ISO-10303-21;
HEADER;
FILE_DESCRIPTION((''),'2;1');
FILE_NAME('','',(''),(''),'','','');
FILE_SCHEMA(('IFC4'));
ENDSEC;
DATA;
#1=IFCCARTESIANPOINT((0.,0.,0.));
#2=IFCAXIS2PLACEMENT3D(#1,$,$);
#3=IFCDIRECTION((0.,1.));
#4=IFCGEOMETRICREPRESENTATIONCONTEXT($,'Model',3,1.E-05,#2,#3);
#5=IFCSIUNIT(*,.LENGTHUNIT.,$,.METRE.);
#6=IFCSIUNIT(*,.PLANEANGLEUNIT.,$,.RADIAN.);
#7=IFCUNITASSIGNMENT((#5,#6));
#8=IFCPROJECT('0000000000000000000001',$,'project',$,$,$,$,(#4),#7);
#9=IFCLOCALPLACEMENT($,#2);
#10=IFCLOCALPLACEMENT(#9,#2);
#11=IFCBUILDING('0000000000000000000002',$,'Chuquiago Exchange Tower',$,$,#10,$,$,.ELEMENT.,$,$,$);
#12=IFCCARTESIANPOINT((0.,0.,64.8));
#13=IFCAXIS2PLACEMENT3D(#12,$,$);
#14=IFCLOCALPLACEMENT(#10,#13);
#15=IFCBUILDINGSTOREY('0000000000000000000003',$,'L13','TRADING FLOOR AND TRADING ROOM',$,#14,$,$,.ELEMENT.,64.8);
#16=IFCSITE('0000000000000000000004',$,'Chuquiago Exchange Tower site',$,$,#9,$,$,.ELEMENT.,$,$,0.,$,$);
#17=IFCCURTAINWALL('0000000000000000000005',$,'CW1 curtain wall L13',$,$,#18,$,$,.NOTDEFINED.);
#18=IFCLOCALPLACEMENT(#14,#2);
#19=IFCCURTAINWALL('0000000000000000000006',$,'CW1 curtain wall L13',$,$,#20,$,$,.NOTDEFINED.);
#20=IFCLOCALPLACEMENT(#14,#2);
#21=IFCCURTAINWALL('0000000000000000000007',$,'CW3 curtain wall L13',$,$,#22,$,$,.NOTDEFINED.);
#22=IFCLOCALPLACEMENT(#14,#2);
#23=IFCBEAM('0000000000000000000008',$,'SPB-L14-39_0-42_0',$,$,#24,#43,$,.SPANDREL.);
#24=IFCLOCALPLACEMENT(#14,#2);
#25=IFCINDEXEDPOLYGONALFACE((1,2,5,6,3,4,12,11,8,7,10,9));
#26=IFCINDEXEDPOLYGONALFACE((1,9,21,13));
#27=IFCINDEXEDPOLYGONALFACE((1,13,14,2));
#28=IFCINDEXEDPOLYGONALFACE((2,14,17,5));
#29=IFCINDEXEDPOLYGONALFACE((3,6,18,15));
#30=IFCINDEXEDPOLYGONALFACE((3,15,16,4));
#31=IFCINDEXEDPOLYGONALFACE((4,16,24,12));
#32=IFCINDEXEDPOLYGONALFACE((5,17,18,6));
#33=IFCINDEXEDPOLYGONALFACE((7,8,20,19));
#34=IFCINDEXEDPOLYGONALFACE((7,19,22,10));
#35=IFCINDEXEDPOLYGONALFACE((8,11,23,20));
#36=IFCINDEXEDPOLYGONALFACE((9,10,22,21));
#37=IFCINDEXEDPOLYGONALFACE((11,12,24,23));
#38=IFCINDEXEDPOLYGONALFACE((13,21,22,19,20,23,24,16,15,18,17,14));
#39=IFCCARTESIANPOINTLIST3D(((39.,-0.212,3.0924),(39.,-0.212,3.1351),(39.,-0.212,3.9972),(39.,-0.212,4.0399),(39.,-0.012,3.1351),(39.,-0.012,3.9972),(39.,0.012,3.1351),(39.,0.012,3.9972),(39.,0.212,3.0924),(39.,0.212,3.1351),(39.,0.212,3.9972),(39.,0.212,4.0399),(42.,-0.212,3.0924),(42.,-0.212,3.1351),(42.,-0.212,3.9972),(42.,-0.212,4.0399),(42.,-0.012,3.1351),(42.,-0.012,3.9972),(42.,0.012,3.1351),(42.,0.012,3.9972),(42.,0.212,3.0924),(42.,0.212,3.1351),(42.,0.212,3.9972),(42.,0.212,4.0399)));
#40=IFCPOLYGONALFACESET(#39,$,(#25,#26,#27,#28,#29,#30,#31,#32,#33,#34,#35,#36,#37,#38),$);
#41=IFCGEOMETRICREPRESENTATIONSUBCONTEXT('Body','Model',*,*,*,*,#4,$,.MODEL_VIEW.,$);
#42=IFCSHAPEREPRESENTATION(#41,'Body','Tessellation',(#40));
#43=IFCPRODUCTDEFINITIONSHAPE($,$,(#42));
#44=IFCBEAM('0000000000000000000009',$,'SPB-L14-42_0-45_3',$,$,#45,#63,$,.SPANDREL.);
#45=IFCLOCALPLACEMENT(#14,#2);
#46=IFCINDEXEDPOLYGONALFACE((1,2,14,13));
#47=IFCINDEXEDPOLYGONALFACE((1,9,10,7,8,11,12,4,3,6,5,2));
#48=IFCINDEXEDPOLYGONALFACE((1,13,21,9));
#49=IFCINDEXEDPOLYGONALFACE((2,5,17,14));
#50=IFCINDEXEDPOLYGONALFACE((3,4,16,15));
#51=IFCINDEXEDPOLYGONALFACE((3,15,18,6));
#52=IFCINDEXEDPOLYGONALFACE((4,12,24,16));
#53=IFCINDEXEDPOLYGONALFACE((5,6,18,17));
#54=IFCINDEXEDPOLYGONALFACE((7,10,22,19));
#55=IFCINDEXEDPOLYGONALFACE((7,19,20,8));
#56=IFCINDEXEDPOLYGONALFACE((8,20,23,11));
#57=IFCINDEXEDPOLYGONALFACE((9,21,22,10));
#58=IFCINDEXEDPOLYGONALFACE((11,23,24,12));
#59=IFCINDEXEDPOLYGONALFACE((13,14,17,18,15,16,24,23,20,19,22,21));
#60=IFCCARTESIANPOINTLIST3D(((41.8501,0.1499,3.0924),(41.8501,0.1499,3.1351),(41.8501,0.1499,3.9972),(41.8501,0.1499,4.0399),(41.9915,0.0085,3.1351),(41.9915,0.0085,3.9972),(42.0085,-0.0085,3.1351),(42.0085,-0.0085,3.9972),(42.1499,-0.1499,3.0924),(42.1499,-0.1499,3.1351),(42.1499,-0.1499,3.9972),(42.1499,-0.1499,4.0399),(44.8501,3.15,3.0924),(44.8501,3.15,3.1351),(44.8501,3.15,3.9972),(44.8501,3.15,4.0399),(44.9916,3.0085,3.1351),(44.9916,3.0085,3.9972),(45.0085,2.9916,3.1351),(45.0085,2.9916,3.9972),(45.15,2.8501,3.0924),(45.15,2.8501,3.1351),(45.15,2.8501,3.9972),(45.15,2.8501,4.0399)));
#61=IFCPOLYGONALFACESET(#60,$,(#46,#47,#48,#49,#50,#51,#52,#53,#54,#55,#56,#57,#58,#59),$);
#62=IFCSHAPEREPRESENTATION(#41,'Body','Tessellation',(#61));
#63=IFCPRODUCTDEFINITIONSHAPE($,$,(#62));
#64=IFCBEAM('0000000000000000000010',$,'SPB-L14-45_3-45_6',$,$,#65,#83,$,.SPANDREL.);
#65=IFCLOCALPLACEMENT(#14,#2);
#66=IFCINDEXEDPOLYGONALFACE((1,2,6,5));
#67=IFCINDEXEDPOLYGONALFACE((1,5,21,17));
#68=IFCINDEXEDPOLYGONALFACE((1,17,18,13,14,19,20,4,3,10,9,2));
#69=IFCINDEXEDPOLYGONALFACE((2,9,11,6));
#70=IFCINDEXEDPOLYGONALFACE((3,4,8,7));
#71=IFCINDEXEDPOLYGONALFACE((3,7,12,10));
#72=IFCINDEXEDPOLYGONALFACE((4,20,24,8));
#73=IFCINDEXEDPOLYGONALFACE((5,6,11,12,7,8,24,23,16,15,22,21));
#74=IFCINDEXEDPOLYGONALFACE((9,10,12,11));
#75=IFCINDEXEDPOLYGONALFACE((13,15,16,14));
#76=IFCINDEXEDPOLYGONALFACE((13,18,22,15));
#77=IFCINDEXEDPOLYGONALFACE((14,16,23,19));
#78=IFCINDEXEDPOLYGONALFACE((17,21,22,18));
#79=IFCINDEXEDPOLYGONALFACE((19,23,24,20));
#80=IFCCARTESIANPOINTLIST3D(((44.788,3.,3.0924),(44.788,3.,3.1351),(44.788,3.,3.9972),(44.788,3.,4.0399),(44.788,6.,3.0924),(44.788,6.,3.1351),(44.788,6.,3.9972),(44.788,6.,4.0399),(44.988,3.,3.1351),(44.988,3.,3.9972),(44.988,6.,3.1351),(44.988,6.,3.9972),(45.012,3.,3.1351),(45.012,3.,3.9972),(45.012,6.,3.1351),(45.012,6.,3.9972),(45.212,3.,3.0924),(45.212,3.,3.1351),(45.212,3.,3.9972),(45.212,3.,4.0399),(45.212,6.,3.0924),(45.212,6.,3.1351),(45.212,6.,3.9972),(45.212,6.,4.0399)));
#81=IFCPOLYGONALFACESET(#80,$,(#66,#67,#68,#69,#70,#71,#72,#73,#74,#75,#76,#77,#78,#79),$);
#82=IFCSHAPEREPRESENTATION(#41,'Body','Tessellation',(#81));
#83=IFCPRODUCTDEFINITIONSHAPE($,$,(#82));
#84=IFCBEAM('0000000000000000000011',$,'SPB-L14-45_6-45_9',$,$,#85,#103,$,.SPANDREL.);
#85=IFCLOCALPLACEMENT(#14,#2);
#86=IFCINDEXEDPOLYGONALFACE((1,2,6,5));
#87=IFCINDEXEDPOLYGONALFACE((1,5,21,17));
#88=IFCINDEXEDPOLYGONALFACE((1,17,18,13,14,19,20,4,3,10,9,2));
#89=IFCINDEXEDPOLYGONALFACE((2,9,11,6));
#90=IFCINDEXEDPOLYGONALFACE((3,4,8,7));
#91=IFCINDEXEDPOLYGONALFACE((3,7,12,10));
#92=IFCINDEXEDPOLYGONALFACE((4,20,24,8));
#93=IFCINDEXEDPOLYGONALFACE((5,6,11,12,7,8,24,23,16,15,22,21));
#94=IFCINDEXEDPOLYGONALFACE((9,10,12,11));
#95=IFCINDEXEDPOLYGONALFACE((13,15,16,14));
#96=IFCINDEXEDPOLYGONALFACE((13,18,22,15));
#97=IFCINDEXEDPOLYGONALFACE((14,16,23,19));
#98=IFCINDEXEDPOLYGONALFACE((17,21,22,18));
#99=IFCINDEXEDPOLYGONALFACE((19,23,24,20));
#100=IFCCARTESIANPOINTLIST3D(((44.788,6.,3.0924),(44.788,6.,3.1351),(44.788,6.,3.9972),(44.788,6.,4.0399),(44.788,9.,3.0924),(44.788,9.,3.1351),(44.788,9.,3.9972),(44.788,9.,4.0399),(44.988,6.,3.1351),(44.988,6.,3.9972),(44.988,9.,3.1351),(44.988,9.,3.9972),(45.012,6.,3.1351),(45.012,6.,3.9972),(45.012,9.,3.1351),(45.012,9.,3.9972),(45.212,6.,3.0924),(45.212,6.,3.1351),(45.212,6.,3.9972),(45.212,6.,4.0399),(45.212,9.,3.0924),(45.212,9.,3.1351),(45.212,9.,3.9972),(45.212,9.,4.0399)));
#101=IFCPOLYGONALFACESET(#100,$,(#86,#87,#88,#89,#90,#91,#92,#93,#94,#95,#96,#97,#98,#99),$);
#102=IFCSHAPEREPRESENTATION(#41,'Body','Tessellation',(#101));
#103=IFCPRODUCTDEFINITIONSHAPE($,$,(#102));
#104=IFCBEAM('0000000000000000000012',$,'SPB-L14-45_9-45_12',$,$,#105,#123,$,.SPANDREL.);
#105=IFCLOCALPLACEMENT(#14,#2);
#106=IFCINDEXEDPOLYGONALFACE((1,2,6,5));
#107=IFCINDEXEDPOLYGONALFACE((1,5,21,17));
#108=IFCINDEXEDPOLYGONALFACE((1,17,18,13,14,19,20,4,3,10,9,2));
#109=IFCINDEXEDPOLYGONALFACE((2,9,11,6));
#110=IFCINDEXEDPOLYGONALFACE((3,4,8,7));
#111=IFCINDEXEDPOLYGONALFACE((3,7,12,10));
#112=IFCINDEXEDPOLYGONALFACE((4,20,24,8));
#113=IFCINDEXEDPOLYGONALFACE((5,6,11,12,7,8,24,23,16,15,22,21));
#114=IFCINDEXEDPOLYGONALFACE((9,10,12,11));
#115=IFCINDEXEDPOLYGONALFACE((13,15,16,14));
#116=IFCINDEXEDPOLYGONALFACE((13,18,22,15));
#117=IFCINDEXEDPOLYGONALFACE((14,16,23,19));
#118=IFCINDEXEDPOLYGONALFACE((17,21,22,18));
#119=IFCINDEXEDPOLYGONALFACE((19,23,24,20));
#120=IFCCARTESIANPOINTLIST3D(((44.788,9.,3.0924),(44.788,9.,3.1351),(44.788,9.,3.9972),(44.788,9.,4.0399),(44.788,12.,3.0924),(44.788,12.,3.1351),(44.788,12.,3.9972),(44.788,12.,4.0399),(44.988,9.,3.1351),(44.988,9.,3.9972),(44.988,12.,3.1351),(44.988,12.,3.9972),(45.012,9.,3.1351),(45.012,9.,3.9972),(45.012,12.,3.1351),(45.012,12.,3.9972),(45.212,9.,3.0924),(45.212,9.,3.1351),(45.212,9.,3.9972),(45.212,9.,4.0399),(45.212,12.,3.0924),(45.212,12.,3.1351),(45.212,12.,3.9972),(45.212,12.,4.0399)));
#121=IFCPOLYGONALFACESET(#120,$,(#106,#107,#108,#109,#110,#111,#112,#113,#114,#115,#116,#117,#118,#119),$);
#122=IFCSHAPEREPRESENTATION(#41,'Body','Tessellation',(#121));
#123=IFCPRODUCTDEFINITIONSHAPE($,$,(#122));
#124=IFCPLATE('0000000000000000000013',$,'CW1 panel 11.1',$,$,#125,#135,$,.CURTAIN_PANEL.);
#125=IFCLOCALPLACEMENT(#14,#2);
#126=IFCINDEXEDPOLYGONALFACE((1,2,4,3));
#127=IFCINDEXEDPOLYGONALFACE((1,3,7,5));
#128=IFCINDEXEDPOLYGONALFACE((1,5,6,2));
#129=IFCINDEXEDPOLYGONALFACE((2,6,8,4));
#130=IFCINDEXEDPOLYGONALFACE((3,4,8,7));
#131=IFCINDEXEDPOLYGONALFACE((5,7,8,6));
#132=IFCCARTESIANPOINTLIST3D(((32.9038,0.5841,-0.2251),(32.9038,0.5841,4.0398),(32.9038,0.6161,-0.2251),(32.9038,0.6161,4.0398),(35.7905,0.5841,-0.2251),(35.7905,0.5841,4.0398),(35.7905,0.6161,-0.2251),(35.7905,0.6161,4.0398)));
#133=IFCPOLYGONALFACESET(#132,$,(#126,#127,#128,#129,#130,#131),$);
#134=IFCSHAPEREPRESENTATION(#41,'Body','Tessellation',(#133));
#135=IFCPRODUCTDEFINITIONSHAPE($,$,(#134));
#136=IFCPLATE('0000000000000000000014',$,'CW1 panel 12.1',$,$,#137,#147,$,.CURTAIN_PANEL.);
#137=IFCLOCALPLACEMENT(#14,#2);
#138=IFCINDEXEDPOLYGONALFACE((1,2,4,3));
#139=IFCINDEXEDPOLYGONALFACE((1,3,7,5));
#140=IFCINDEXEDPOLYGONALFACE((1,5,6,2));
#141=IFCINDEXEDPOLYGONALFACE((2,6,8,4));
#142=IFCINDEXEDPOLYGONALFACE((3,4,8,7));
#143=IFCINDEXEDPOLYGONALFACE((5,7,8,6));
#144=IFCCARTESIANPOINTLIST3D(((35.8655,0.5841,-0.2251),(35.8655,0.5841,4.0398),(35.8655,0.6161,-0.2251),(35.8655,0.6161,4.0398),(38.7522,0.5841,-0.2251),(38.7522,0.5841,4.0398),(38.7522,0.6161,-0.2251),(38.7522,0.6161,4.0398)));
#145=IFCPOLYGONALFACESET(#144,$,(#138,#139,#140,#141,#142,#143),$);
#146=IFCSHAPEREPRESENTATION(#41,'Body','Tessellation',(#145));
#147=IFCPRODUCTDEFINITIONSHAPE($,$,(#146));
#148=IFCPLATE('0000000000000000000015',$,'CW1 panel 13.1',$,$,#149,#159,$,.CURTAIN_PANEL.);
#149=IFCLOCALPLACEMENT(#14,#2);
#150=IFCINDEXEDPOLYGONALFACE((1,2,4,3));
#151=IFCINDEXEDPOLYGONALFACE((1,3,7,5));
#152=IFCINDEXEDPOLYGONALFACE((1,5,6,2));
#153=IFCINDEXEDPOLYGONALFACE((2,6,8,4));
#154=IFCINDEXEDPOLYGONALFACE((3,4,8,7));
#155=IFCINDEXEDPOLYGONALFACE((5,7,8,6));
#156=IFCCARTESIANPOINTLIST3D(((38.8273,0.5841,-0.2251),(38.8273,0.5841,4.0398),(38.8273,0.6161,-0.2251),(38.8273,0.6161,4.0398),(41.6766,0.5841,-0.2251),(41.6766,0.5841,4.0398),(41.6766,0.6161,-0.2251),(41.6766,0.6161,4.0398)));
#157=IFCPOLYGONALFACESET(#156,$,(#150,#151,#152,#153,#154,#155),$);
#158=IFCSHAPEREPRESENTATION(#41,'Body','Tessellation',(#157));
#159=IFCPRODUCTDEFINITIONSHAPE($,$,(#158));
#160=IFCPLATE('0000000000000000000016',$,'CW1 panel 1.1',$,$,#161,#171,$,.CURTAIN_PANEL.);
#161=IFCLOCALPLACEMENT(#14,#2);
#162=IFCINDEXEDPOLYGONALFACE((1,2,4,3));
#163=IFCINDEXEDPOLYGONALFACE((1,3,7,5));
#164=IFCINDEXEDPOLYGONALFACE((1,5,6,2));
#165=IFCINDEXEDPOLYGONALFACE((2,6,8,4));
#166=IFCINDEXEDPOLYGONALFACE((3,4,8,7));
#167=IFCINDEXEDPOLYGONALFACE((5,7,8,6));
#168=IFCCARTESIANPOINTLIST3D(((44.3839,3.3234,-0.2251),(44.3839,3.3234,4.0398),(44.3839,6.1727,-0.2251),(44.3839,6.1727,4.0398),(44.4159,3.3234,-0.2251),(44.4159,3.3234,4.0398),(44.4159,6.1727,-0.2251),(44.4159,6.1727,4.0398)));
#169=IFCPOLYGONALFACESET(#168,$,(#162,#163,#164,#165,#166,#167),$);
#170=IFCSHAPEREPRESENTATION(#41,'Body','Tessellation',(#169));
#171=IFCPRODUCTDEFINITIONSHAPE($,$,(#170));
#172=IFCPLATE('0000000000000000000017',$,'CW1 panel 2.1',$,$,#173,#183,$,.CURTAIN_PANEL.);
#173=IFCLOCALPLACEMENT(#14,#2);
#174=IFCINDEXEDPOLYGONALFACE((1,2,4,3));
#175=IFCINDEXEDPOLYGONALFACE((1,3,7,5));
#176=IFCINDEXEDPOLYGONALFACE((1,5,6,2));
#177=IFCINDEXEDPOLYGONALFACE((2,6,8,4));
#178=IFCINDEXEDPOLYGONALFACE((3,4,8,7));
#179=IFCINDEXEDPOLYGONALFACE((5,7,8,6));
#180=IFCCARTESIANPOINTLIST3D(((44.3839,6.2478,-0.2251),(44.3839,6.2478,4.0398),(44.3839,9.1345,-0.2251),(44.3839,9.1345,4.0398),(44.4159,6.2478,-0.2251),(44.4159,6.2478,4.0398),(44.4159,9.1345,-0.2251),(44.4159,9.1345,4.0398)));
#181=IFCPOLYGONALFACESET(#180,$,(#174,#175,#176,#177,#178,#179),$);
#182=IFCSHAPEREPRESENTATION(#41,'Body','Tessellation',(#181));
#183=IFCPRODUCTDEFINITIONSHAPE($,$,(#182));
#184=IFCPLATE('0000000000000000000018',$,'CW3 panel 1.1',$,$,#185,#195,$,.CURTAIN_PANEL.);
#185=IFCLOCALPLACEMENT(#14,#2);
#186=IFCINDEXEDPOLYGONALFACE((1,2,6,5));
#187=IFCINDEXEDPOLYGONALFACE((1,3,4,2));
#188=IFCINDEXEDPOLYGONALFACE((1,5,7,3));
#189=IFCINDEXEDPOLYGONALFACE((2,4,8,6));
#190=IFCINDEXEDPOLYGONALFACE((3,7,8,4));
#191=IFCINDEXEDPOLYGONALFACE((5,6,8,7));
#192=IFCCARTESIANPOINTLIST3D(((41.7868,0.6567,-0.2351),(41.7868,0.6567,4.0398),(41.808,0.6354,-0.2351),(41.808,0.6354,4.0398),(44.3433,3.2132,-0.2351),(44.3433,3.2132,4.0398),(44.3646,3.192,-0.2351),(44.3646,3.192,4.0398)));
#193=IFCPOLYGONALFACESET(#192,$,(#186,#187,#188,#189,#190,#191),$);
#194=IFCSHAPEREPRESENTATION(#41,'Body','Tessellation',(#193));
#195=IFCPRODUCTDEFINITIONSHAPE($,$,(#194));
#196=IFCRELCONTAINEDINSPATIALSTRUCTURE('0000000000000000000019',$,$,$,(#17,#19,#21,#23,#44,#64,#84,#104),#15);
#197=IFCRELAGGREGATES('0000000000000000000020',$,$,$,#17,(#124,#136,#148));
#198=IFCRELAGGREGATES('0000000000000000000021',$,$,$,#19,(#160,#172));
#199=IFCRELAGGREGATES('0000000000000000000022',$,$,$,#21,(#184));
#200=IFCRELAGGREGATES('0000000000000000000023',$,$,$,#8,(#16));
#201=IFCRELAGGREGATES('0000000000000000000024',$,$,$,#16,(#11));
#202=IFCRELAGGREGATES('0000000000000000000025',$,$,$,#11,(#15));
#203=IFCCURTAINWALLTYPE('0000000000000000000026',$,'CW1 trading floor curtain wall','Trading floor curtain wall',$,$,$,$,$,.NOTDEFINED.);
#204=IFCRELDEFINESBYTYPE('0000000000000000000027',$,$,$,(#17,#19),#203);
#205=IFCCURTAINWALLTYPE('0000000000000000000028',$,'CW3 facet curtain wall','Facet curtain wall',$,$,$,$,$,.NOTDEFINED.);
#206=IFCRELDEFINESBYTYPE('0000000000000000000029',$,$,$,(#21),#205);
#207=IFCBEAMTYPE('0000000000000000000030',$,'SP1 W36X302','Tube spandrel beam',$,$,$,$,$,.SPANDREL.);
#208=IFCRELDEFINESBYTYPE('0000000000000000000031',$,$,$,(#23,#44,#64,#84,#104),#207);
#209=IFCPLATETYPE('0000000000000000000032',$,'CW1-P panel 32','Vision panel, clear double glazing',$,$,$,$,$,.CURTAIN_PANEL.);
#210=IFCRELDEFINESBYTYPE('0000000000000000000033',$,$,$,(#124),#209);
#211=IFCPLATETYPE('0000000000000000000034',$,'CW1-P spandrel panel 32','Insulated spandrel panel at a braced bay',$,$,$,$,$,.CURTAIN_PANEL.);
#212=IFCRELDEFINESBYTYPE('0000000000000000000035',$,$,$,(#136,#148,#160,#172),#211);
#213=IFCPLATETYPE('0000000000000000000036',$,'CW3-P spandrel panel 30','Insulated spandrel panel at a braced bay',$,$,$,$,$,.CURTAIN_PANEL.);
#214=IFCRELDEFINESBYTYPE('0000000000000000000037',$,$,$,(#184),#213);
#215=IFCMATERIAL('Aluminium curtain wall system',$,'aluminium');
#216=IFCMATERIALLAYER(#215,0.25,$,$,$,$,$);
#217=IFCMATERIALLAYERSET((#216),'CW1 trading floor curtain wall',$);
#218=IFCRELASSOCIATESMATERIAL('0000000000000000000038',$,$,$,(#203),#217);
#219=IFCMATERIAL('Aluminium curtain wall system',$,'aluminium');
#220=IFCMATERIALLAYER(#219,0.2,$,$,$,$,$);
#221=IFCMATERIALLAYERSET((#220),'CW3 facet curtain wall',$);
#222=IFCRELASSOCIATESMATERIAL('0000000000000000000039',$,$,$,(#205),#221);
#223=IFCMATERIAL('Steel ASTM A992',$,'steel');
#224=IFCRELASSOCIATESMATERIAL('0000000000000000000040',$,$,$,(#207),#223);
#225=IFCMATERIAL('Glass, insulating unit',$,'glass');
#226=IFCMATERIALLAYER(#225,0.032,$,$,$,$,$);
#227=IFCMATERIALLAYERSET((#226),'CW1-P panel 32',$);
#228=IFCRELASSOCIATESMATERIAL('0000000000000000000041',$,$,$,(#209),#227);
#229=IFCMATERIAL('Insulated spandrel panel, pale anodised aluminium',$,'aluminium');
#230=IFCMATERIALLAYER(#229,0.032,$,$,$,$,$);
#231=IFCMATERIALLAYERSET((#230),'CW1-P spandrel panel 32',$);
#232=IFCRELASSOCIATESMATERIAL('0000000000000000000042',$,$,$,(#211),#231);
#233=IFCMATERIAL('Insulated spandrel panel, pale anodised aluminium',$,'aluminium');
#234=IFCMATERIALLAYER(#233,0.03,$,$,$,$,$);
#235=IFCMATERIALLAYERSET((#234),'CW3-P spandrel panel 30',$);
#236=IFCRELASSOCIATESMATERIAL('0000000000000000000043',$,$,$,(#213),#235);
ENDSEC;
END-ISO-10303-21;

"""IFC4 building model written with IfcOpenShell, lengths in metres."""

from ifc_helpers import new_model, si_unit, direction, frame, origin, origin_2d, place, context, subcontext, project, spatial, rectangle, i_section, extrude, material, layer, layer_set, material_profile, profile_set, type_object, element, aggregate, save


model = new_model("IFC4")

# Units and contexts
model_context = context("Model", 3, precision=1e-05, world=origin(), true_north=direction((0.0, 1.0)))
body_context = subcontext(model_context, "Body", "Model", "MODEL_VIEW")
ifc_project = project(units=[si_unit("LENGTHUNIT", "METRE"), si_unit("PLANEANGLEUNIT", "RADIAN")], contexts=[model_context])

# Site, building, storey
site_placement = place(None, origin())
site = spatial("IfcSite", under=ifc_project, at=site_placement, Name="Chuquiago Exchange Tower site", CompositionType="ELEMENT", RefElevation=0.0)
building_placement = place(site_placement, origin())
building = spatial("IfcBuilding", under=site, at=building_placement, Name="Chuquiago Exchange Tower", CompositionType="ELEMENT")
storey_placement = place(building_placement, frame((0.0, 0.0, 64.8)))
storey = spatial("IfcBuildingStorey", under=building, at=storey_placement, Name="L13", Description="TRADING FLOOR AND TRADING ROOM", CompositionType="ELEMENT", Elevation=64.8)

# Curtain walls
ifc_material_1 = material(Name="Aluminium curtain wall system", Category="aluminium")
ifc_layer_1 = layer(ifc_material_1, 0.25)
ifc_layer_set_1 = layer_set([ifc_layer_1], Name="CW1 trading floor curtain wall")
curtain_wall_type_1 = type_object("IfcCurtainWallType", Name="CW1 trading floor curtain wall", Description="Trading floor curtain wall", PredefinedType="NOTDEFINED", material=ifc_layer_set_1)
curtain_wall_1_placement = place(storey_placement, origin())
curtain_wall_1 = element("IfcCurtainWall", 1, at=curtain_wall_1_placement, inside=storey, type_object=curtain_wall_type_1, Name="CW1 curtain wall L13", PredefinedType="NOTDEFINED")
curtain_wall_2_placement = place(storey_placement, origin())
curtain_wall_2 = element("IfcCurtainWall", 2, at=curtain_wall_2_placement, inside=storey, type_object=curtain_wall_type_1, Name="CW1 curtain wall L13", PredefinedType="NOTDEFINED")

# Curtain wall
ifc_material_2 = material(Name="Aluminium curtain wall system", Category="aluminium")
ifc_layer_2 = layer(ifc_material_2, 0.2)
ifc_layer_set_2 = layer_set([ifc_layer_2], Name="CW3 facet curtain wall")
curtain_wall_type_2 = type_object("IfcCurtainWallType", Name="CW3 facet curtain wall", Description="Facet curtain wall", PredefinedType="NOTDEFINED", material=ifc_layer_set_2)
curtain_wall_3_placement = place(storey_placement, origin())
curtain_wall_3 = element("IfcCurtainWall", 3, at=curtain_wall_3_placement, inside=storey, type_object=curtain_wall_type_2, Name="CW3 curtain wall L13", PredefinedType="NOTDEFINED")

# Beams
ifc_material_3 = material(Name="Steel ASTM A992", Category="steel")
ifc_material_profile_1 = material_profile(ifc_material_3, i_section(OverallWidth=0.4241, OverallDepth=0.9475, WebThickness=0.0239, FlangeThickness=0.0427, at=origin_2d()), Name="W36X302")
ifc_profile_set_1 = profile_set([ifc_material_profile_1], Name="Steel ASTM A992")
beam_type = type_object("IfcBeamType", Name="SP1 W36X302", Description="Tube spandrel beam", PredefinedType="SPANDREL", material=ifc_profile_set_1)
for number, where, z_axis, x_axis, name in (
    (4, (39.0, 0.0, 3.5662), (1.0, 0.0, 0.0), (0.0, 1.0, 0.0), "SPB-L14-39_0-42_0"),
):
    element("IfcBeam", number, at=place(storey_placement, frame(where, z_axis=z_axis, x_axis=x_axis)), inside=storey, type_object=beam_type, Name=name, PredefinedType="SPANDREL", context=body_context, shape_type="SweptSolid", body=[
        extrude(i_section(OverallWidth=0.4241, OverallDepth=0.9475, WebThickness=0.0239, FlangeThickness=0.0427, at=origin_2d()), origin(), (0.0, 0.0, 1.0), 3.0),
    ])
beam_placement = place(storey_placement, frame((42.0, 0.0, 3.5662), z_axis=(0.707107, 0.707107, 0.0), x_axis=(-0.707107, 0.707107, 0.0)))
element("IfcBeam", 5, at=beam_placement, inside=storey, type_object=beam_type, Name="SPB-L14-42_0-45_3", PredefinedType="SPANDREL", context=body_context, shape_type="SweptSolid", body=[
    extrude(i_section(OverallWidth=0.4241, OverallDepth=0.9475, WebThickness=0.0239, FlangeThickness=0.0427, at=origin_2d()), origin(), (0.0, 0.0, 1.0), 4.2427),
])
for number, where, z_axis, x_axis, name in (
    (6, (45.0, 3.0, 3.5662), (0.0, 1.0, 0.0), (-1.0, 0.0, 0.0), "SPB-L14-45_3-45_6"),
    (7, (45.0, 6.0, 3.5662), (0.0, 1.0, 0.0), (-1.0, 0.0, 0.0), "SPB-L14-45_6-45_9"),
    (8, (45.0, 9.0, 3.5662), (0.0, 1.0, 0.0), (-1.0, 0.0, 0.0), "SPB-L14-45_9-45_12"),
):
    element("IfcBeam", number, at=place(storey_placement, frame(where, z_axis=z_axis, x_axis=x_axis)), inside=storey, type_object=beam_type, Name=name, PredefinedType="SPANDREL", context=body_context, shape_type="SweptSolid", body=[
        extrude(i_section(OverallWidth=0.4241, OverallDepth=0.9475, WebThickness=0.0239, FlangeThickness=0.0427, at=origin_2d()), origin(), (0.0, 0.0, 1.0), 3.0),
    ])

# Plates
ifc_material_4 = material(Name="Glass, insulating unit", Category="glass")
ifc_layer_3 = layer(ifc_material_4, 0.032)
ifc_layer_set_3 = layer_set([ifc_layer_3], Name="CW1-P panel 32")
plate_type_1 = type_object("IfcPlateType", Name="CW1-P panel 32", Description="Vision panel, clear double glazing", PredefinedType="CURTAIN_PANEL", material=ifc_layer_set_3)
plate_1_placement = place(storey_placement, frame((34.3472, 0.6001, -0.2251), z_axis=(0.0, 0.0, 1.0), x_axis=(1.0, 0.0, 0.0)))
plate_1 = element("IfcPlate", 9, at=plate_1_placement, type_object=plate_type_1, Name="CW1 panel 11.1", PredefinedType="CURTAIN_PANEL", context=body_context, shape_type="SweptSolid", body=[
    extrude(rectangle(XDim=2.8867, YDim=0.032, at=origin_2d()), origin(), (0.0, 0.0, 1.0), 4.2649),
])
ifc_material_5 = material(Name="Insulated spandrel panel, pale anodised aluminium", Category="aluminium")
ifc_layer_4 = layer(ifc_material_5, 0.032)
ifc_layer_set_4 = layer_set([ifc_layer_4], Name="CW1-P spandrel panel 32")
plate_type_2 = type_object("IfcPlateType", Name="CW1-P spandrel panel 32", Description="Insulated spandrel panel at a braced bay", PredefinedType="CURTAIN_PANEL", material=ifc_layer_set_4)
plate_2_placement = place(storey_placement, frame((37.3088, 0.6001, -0.2251), z_axis=(0.0, 0.0, 1.0), x_axis=(1.0, 0.0, 0.0)))
plate_2 = element("IfcPlate", 10, at=plate_2_placement, type_object=plate_type_2, Name="CW1 panel 12.1", PredefinedType="CURTAIN_PANEL", context=body_context, shape_type="SweptSolid", body=[
    extrude(rectangle(XDim=2.8867, YDim=0.032, at=origin_2d()), origin(), (0.0, 0.0, 1.0), 4.2649),
])
plate_3_placement = place(storey_placement, frame((40.252, 0.6001, -0.2251), z_axis=(0.0, 0.0, 1.0), x_axis=(1.0, 0.0, 0.0)))
plate_3 = element("IfcPlate", 11, at=plate_3_placement, type_object=plate_type_2, Name="CW1 panel 13.1", PredefinedType="CURTAIN_PANEL", context=body_context, shape_type="SweptSolid", body=[
    extrude(rectangle(XDim=2.8494, YDim=0.032, at=origin_2d()), origin(), (0.0, 0.0, 1.0), 4.2649),
])
aggregate(curtain_wall_1, [plate_1, plate_2, plate_3])
plate_4_placement = place(storey_placement, frame((44.3999, 4.748, -0.2251), z_axis=(0.0, 0.0, 1.0), x_axis=(0.0, 1.0, 0.0)))
plate_4 = element("IfcPlate", 12, at=plate_4_placement, type_object=plate_type_2, Name="CW1 panel 1.1", PredefinedType="CURTAIN_PANEL", context=body_context, shape_type="SweptSolid", body=[
    extrude(rectangle(XDim=2.8494, YDim=0.032, at=origin_2d()), origin(), (0.0, 0.0, 1.0), 4.2649),
])
plate_5_placement = place(storey_placement, frame((44.3999, 7.6912, -0.2251), z_axis=(0.0, 0.0, 1.0), x_axis=(0.0, 1.0, 0.0)))
plate_5 = element("IfcPlate", 13, at=plate_5_placement, type_object=plate_type_2, Name="CW1 panel 2.1", PredefinedType="CURTAIN_PANEL", context=body_context, shape_type="SweptSolid", body=[
    extrude(rectangle(XDim=2.8867, YDim=0.032, at=origin_2d()), origin(), (0.0, 0.0, 1.0), 4.2649),
])
aggregate(curtain_wall_2, [plate_4, plate_5])
ifc_material_6 = material(Name="Insulated spandrel panel, pale anodised aluminium", Category="aluminium")
ifc_layer_5 = layer(ifc_material_6, 0.03)
ifc_layer_set_5 = layer_set([ifc_layer_5], Name="CW3-P spandrel panel 30")
plate_type_3 = type_object("IfcPlateType", Name="CW3-P spandrel panel 30", Description="Insulated spandrel panel at a braced bay", PredefinedType="CURTAIN_PANEL", material=ifc_layer_set_5)
plate_6_placement = place(storey_placement, frame((43.0757, 1.9243, -0.2351), z_axis=(0.0, 0.0, 1.0), x_axis=(0.707107, 0.707107, 0.0)))
plate_6 = element("IfcPlate", 14, at=plate_6_placement, type_object=plate_type_3, Name="CW3 panel 1.1", PredefinedType="CURTAIN_PANEL", context=body_context, shape_type="SweptSolid", body=[
    extrude(rectangle(XDim=3.6155, YDim=0.03, at=origin_2d()), origin(), (0.0, 0.0, 1.0), 4.2749),
])
aggregate(curtain_wall_3, [plate_6])

save(model, "model.ifc")
